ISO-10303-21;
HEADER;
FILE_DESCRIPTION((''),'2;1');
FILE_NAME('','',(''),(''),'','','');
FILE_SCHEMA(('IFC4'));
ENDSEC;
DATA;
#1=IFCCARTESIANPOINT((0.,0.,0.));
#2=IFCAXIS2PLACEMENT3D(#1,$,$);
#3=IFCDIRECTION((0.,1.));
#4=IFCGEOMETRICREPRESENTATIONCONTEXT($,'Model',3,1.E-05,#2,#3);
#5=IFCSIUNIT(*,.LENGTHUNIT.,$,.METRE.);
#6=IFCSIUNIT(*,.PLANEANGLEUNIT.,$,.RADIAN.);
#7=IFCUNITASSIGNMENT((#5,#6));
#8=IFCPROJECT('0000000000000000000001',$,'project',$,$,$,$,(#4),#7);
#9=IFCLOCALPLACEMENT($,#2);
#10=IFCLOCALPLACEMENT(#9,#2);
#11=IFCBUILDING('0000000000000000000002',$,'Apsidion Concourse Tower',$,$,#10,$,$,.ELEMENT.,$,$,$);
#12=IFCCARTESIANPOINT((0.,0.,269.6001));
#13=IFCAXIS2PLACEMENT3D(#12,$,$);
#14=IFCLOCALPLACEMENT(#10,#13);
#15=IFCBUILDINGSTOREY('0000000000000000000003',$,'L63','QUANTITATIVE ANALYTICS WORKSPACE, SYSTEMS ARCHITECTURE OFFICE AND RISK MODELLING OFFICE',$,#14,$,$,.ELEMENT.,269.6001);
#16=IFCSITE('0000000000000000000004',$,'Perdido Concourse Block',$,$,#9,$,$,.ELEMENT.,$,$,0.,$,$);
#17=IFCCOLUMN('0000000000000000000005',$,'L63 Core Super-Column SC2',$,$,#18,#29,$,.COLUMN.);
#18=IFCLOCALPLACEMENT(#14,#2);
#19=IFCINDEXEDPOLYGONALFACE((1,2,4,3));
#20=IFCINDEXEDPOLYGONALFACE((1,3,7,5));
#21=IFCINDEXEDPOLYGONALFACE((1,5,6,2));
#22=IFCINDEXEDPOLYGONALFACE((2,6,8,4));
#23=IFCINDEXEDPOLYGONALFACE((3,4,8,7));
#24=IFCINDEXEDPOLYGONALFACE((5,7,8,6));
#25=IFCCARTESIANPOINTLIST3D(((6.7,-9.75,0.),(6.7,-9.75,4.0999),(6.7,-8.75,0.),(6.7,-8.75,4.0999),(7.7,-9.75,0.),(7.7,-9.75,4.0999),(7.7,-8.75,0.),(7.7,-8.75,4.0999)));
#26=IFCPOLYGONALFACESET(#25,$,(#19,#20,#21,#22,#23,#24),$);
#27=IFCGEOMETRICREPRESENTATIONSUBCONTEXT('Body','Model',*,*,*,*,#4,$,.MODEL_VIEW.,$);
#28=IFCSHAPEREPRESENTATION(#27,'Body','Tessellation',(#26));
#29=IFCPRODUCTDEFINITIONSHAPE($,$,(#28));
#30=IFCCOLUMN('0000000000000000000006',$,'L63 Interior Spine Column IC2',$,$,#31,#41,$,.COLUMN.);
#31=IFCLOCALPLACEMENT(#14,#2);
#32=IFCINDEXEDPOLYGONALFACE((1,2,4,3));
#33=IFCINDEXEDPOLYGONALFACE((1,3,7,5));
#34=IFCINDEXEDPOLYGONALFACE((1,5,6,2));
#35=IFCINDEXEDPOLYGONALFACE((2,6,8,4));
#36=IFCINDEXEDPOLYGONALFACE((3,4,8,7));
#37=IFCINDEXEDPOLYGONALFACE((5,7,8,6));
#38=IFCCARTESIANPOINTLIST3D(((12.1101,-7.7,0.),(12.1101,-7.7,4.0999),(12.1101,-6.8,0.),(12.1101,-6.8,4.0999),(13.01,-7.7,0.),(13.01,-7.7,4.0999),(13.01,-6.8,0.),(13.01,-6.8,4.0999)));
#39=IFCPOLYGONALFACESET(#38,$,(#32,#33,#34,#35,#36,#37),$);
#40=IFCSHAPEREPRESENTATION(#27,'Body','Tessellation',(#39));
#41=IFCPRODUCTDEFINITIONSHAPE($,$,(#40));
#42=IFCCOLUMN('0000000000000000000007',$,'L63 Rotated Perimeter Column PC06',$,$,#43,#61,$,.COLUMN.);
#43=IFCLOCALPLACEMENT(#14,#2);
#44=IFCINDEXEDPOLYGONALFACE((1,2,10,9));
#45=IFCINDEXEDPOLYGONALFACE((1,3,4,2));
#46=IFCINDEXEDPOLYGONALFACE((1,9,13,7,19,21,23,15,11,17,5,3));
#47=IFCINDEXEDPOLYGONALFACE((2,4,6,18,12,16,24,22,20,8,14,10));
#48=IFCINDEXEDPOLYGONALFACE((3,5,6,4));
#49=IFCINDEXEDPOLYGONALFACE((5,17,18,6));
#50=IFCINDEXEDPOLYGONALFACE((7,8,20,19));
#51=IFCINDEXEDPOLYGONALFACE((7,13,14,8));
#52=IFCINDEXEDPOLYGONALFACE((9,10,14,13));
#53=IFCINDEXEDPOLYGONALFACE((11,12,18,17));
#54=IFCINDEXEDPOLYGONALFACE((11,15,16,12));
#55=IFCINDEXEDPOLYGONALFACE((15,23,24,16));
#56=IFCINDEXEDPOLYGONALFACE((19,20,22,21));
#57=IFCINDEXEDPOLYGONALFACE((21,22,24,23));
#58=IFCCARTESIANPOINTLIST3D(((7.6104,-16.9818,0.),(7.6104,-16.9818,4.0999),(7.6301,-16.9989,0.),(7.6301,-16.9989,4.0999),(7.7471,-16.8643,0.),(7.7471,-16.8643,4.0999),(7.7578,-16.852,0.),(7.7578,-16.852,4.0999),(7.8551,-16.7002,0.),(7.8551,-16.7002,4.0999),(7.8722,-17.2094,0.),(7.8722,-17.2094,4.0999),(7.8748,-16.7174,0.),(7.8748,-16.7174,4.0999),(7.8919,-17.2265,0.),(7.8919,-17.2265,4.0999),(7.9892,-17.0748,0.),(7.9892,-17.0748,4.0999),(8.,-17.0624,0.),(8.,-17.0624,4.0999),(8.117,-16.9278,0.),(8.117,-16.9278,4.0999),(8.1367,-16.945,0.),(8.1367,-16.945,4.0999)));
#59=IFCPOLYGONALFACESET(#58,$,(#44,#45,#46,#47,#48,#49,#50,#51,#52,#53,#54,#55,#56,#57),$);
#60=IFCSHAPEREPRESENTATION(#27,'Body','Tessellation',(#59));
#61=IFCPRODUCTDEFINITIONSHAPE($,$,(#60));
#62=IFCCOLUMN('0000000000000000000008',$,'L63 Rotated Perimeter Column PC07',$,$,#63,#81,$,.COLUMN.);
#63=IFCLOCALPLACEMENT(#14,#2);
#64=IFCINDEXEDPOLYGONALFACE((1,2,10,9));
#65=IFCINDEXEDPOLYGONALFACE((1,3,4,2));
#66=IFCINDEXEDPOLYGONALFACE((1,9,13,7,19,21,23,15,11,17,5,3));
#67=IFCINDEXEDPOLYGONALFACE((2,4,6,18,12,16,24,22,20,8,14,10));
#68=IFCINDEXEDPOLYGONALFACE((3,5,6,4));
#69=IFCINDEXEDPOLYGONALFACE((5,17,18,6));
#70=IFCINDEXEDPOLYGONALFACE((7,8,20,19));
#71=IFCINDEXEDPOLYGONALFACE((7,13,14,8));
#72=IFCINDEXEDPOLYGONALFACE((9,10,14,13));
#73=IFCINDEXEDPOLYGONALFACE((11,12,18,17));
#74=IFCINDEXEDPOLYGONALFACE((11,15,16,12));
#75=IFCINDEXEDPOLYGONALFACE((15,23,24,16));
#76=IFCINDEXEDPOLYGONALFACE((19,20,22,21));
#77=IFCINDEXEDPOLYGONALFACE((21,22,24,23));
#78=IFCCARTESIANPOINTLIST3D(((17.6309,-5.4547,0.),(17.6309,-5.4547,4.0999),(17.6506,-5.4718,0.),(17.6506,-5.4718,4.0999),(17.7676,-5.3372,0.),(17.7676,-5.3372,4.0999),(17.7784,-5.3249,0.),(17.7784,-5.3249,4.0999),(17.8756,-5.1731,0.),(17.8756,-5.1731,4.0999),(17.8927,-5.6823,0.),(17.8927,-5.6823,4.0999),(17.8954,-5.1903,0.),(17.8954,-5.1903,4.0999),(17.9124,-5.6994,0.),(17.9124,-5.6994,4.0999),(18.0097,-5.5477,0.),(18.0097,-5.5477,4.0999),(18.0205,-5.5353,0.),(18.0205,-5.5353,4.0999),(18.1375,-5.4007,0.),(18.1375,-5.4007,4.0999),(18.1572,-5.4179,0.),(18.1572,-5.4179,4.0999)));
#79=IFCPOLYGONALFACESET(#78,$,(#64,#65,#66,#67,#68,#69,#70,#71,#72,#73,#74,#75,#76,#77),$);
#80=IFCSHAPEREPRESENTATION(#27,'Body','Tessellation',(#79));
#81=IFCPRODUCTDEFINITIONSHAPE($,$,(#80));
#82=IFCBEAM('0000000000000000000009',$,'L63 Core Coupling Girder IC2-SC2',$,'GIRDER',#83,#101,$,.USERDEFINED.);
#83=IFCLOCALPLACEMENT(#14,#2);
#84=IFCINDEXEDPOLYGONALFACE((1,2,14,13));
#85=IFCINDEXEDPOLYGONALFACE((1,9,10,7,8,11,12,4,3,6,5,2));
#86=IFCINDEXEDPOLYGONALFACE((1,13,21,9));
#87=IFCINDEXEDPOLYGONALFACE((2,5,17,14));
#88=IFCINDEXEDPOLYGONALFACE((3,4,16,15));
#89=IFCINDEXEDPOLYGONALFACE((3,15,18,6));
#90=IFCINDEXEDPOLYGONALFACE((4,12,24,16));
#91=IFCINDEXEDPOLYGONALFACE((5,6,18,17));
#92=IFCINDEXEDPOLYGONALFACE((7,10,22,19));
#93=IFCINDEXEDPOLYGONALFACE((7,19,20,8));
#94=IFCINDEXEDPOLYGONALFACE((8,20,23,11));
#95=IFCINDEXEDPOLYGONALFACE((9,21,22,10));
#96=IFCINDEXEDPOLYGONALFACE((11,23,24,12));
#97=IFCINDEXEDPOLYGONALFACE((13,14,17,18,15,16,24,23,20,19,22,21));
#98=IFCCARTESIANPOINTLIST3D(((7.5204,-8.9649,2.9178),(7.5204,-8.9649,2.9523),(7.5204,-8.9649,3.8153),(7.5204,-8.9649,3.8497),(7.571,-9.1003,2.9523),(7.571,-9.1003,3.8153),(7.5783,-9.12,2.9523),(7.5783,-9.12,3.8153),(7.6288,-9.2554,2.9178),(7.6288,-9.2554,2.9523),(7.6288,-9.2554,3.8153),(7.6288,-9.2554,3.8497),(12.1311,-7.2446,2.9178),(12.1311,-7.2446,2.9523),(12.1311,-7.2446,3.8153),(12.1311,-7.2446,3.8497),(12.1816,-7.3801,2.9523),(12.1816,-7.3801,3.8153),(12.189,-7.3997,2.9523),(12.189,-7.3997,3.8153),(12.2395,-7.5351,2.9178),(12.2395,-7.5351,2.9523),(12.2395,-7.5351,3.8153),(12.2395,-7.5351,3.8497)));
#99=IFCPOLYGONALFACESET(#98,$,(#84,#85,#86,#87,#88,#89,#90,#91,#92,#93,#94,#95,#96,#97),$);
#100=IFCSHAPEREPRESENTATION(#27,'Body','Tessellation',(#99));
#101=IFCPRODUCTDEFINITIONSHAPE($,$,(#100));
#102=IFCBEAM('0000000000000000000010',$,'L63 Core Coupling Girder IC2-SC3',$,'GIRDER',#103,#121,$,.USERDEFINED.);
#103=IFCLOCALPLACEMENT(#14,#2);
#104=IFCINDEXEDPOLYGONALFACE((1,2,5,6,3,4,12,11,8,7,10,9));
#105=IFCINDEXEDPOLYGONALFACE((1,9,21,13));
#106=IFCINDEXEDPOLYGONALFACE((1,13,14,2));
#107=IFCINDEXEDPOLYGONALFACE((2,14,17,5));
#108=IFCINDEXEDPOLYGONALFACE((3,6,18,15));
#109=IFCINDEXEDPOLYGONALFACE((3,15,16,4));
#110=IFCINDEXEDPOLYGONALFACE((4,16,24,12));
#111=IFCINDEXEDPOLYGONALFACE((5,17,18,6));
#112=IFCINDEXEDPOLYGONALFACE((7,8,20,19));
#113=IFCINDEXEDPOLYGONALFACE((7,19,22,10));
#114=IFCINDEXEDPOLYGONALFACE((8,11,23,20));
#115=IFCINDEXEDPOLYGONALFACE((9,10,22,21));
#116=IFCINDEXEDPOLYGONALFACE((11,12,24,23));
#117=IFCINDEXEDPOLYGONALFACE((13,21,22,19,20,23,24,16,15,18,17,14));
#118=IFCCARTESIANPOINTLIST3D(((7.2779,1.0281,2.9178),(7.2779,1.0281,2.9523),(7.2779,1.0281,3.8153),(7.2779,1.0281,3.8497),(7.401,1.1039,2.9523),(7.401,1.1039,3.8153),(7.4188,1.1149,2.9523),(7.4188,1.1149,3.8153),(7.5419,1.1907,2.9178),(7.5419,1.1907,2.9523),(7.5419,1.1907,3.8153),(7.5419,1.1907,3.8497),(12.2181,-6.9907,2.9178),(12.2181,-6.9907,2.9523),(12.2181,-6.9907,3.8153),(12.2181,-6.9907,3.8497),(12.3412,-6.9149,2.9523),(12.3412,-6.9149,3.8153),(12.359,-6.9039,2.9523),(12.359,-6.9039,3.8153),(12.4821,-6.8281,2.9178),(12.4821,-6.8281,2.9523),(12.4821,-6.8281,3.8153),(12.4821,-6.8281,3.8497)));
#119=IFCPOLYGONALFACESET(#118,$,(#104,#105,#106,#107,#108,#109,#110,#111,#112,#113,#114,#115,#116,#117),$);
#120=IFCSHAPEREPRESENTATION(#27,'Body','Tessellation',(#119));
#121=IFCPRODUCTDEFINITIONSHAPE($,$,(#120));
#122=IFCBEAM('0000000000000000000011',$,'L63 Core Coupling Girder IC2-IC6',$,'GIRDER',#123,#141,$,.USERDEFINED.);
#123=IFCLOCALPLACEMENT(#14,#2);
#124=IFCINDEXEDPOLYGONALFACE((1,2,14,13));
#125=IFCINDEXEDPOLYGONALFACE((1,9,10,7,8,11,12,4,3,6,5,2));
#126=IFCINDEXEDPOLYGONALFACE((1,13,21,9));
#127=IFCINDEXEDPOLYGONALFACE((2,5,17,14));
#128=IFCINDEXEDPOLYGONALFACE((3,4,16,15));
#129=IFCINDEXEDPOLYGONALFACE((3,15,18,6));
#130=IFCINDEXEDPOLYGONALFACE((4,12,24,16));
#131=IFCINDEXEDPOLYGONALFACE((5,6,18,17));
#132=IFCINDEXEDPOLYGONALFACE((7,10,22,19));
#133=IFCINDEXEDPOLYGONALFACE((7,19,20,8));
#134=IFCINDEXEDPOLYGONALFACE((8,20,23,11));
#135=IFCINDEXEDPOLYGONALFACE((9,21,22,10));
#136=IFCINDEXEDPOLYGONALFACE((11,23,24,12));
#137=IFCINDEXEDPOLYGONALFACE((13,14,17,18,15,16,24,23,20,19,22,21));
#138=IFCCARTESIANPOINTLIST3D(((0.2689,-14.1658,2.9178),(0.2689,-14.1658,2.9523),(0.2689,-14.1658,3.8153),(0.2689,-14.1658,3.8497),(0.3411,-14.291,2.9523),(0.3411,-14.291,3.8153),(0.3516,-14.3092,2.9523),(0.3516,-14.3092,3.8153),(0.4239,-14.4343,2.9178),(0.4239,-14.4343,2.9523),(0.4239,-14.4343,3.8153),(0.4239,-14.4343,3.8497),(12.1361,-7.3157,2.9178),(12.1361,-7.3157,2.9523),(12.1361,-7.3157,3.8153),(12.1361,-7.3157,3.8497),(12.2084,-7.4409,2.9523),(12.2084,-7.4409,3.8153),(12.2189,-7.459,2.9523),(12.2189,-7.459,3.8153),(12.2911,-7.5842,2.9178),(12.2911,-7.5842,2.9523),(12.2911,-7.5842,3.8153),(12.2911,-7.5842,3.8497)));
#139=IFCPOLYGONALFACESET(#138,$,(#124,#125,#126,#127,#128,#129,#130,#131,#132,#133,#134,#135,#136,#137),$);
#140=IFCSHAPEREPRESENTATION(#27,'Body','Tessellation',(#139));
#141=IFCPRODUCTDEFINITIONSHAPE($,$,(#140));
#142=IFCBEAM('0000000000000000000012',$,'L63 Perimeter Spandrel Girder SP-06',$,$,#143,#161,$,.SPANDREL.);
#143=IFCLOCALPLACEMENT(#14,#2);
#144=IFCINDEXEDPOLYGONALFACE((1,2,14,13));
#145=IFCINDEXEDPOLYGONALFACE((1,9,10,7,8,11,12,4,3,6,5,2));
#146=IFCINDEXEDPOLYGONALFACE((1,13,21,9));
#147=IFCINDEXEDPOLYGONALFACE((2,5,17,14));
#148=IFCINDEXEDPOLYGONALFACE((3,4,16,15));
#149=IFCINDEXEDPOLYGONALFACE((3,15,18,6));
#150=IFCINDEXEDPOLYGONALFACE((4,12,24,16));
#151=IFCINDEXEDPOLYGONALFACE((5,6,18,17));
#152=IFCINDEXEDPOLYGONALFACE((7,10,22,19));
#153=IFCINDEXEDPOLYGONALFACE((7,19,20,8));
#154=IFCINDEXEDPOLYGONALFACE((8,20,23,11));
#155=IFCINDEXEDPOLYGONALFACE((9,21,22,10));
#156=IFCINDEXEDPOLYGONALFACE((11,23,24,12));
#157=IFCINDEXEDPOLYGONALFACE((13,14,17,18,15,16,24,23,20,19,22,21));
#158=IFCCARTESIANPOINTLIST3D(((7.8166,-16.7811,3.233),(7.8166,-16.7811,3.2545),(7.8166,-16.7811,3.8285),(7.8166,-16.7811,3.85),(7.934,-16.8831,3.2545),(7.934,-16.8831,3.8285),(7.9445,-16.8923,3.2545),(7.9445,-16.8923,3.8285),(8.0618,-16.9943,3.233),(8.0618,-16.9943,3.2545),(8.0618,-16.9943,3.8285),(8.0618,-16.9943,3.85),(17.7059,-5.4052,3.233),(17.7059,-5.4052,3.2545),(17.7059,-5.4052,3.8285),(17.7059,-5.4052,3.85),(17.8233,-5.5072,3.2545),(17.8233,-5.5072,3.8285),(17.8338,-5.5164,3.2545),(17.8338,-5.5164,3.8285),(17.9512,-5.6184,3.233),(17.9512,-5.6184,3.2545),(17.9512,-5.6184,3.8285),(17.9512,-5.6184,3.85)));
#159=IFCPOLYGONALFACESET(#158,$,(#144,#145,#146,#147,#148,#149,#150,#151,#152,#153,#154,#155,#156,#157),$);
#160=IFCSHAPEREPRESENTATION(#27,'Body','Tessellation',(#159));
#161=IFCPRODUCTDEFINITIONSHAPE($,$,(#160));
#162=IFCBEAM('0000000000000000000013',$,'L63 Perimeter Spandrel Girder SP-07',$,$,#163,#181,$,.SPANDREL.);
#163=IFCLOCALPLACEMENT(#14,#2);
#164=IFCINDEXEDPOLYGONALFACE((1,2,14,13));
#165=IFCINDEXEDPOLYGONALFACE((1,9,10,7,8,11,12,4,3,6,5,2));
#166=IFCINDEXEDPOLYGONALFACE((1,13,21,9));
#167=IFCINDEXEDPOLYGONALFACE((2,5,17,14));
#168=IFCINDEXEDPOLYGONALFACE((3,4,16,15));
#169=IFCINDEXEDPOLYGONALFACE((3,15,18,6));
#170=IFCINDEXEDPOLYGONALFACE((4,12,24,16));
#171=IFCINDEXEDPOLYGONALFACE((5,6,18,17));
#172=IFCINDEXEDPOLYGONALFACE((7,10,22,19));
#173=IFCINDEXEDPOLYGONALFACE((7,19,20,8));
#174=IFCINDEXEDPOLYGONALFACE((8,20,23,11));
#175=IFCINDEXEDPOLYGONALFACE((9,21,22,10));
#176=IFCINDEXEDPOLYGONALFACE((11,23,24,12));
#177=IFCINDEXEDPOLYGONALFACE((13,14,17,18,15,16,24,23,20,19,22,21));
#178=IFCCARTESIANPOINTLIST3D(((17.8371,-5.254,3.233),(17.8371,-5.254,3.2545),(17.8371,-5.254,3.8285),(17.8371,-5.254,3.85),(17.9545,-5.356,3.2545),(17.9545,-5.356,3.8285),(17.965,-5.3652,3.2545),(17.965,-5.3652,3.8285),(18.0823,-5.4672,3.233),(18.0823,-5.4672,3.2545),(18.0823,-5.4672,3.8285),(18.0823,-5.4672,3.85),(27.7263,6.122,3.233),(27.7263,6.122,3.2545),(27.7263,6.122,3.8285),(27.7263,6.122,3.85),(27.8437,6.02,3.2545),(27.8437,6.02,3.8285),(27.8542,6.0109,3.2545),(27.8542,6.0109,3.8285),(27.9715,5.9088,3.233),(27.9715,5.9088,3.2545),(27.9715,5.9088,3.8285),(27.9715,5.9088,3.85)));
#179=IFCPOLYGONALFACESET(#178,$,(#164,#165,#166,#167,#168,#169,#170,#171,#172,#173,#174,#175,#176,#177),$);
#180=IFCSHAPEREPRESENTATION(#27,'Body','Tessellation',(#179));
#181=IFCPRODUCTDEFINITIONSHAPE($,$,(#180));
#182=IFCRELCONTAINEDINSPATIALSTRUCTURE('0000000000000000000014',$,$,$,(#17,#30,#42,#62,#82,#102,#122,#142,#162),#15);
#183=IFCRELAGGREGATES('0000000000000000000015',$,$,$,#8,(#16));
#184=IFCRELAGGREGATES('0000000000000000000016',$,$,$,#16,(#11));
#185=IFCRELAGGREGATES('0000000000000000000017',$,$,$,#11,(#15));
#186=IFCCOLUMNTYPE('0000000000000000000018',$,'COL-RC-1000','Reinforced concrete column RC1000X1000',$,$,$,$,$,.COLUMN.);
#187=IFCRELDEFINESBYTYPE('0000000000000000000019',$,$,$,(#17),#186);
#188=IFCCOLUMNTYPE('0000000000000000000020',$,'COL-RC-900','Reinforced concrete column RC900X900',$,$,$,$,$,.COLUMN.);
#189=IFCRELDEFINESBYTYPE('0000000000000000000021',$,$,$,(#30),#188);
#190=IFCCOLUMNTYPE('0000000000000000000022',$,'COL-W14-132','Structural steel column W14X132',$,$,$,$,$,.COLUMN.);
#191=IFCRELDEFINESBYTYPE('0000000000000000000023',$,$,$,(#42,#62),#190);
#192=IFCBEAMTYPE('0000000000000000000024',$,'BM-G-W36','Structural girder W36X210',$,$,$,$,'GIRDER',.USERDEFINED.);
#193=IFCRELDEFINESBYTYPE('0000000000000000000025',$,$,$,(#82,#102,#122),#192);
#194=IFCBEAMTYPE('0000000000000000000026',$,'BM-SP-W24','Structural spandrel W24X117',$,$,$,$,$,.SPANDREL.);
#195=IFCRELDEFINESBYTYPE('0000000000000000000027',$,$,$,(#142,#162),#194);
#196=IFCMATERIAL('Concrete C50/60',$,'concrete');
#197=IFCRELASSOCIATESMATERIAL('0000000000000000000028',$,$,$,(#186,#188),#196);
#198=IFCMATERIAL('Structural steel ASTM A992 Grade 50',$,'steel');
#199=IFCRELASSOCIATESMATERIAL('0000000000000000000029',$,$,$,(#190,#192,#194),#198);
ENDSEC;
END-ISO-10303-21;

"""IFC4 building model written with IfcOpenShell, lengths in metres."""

from ifc_helpers import new_model, si_unit, direction, frame, origin, origin_2d, place, context, subcontext, project, spatial, rectangle, i_section, extrude, material, material_profile, profile_set, type_object, element, save


model = new_model("IFC4")

# Units and contexts
model_context = context("Model", 3, precision=1e-05, world=origin(), true_north=direction((0.0, 1.0)))
body_context = subcontext(model_context, "Body", "Model", "MODEL_VIEW")
ifc_project = project(units=[si_unit("LENGTHUNIT", "METRE"), si_unit("PLANEANGLEUNIT", "RADIAN")], contexts=[model_context])

# Site, building, storey
site_placement = place(None, origin())
site = spatial("IfcSite", under=ifc_project, at=site_placement, Name="Perdido Concourse Block", CompositionType="ELEMENT", RefElevation=0.0)
building_placement = place(site_placement, origin())
building = spatial("IfcBuilding", under=site, at=building_placement, Name="Apsidion Concourse Tower", CompositionType="ELEMENT")
storey_placement = place(building_placement, frame((0.0, 0.0, 269.6001)))
storey = spatial("IfcBuildingStorey", under=building, at=storey_placement, Name="L63", Description="QUANTITATIVE ANALYTICS WORKSPACE, SYSTEMS ARCHITECTURE OFFICE AND RISK MODELLING OFFICE", CompositionType="ELEMENT", Elevation=269.6001)

# Columns
ifc_material_1 = material(Name="Concrete C50/60", Category="concrete")
ifc_material_profile_1 = material_profile(ifc_material_1, rectangle(XDim=1.0, YDim=1.0, at=origin_2d()), Name="RC 1000x1000")
ifc_profile_set_1 = profile_set([ifc_material_profile_1], Name="Concrete C50/60")
column_type_1 = type_object("IfcColumnType", Name="COL-RC-1000", Description="Reinforced concrete column RC1000X1000", PredefinedType="COLUMN", material=ifc_profile_set_1)
column_1_placement = place(storey_placement, frame((7.2, -9.25, 0.0), z_axis=(0.0, 0.0, 1.0), x_axis=(1.0, 0.0, 0.0)))
element("IfcColumn", 1, at=column_1_placement, inside=storey, type_object=column_type_1, Name="L63 Core Super-Column SC2", PredefinedType="COLUMN", context=body_context, shape_type="SweptSolid", body=[
    extrude(rectangle(XDim=1.0, YDim=1.0, at=origin_2d()), origin(), (0.0, 0.0, 1.0), 4.0999),
])
ifc_material_profile_2 = material_profile(ifc_material_1, rectangle(XDim=0.8999, YDim=0.8999, at=origin_2d()), Name="RC 900x900")
ifc_profile_set_2 = profile_set([ifc_material_profile_2], Name="Concrete C50/60")
column_type_2 = type_object("IfcColumnType", Name="COL-RC-900", Description="Reinforced concrete column RC900X900", PredefinedType="COLUMN", material=ifc_profile_set_2)
column_2_placement = place(storey_placement, frame((12.5601, -7.25, 0.0), z_axis=(0.0, 0.0, 1.0), x_axis=(1.0, 0.0, 0.0)))
element("IfcColumn", 2, at=column_2_placement, inside=storey, type_object=column_type_2, Name="L63 Interior Spine Column IC2", PredefinedType="COLUMN", context=body_context, shape_type="SweptSolid", body=[
    extrude(rectangle(XDim=0.8999, YDim=0.8999, at=origin_2d()), origin(), (0.0, 0.0, 1.0), 4.0999),
])
ifc_material_2 = material(Name="Structural steel ASTM A992 Grade 50", Category="steel")
ifc_material_profile_3 = material_profile(ifc_material_2, i_section(OverallWidth=0.373, OverallDepth=0.373, WebThickness=0.0164, FlangeThickness=0.0261, at=origin_2d()), Name="W14X132")
ifc_profile_set_3 = profile_set([ifc_material_profile_3], Name="Structural steel ASTM A992 Grade 50")
column_type_3 = type_object("IfcColumnType", Name="COL-W14-132", Description="Structural steel column W14X132", PredefinedType="COLUMN", material=ifc_profile_set_3)
for number, where, z_axis, x_axis, name in (
    (3, (7.8735, -16.9634, 0.0), (0.0, 0.0, 1.0), (0.656059, 0.75471, 0.0), "L63 Rotated Perimeter Column PC06"),
    (4, (17.894, -5.4363, 0.0), (0.0, 0.0, 1.0), (0.656059, 0.75471, 0.0), "L63 Rotated Perimeter Column PC07"),
):
    element("IfcColumn", number, at=place(storey_placement, frame(where, z_axis=z_axis, x_axis=x_axis)), inside=storey, type_object=column_type_3, Name=name, PredefinedType="COLUMN", context=body_context, shape_type="SweptSolid", body=[
        extrude(i_section(OverallWidth=0.373, OverallDepth=0.373, WebThickness=0.0164, FlangeThickness=0.0261, at=origin_2d()), origin(), (0.0, 0.0, 1.0), 4.0999),
    ])

# Beams
ifc_material_profile_4 = material_profile(ifc_material_2, i_section(OverallWidth=0.3101, OverallDepth=0.9319, WebThickness=0.021, FlangeThickness=0.0344, at=origin_2d()), Name="W36X210")
ifc_profile_set_4 = profile_set([ifc_material_profile_4], Name="Structural steel ASTM A992 Grade 50")
beam_type_1 = type_object("IfcBeamType", Name="BM-G-W36", Description="Structural girder W36X210", ElementType="GIRDER", PredefinedType="USERDEFINED", material=ifc_profile_set_4)
beam_1_placement = place(storey_placement, frame((12.1853, -7.3899, 3.3838), z_axis=(-0.936913, -0.349563, 0.0), x_axis=(0.349563, -0.936913, 0.0)))
element("IfcBeam", 5, at=beam_1_placement, inside=storey, type_object=beam_type_1, Name="L63 Core Coupling Girder IC2-SC2", ObjectType="GIRDER", PredefinedType="USERDEFINED", context=body_context, shape_type="SweptSolid", body=[
    extrude(i_section(OverallWidth=0.3101, OverallDepth=0.9319, WebThickness=0.021, FlangeThickness=0.0344, at=origin_2d()), origin(), (0.0, 0.0, 1.0), 4.9211),
])
beam_2_placement = place(storey_placement, frame((12.3501, -6.9094, 3.3838), z_axis=(-0.524524, 0.851396, 0.0), x_axis=(-0.851396, -0.524524, 0.0)))
element("IfcBeam", 6, at=beam_2_placement, inside=storey, type_object=beam_type_1, Name="L63 Core Coupling Girder IC2-SC3", ObjectType="GIRDER", PredefinedType="USERDEFINED", context=body_context, shape_type="SweptSolid", body=[
    extrude(i_section(OverallWidth=0.3101, OverallDepth=0.9319, WebThickness=0.021, FlangeThickness=0.0344, at=origin_2d()), origin(), (0.0, 0.0, 1.0), 9.4185),
])
beam_3_placement = place(storey_placement, frame((12.2136, -7.45, 3.3838), z_axis=(-0.86607, -0.499922, 0.0), x_axis=(0.499922, -0.86607, 0.0)))
element("IfcBeam", 7, at=beam_3_placement, inside=storey, type_object=beam_type_1, Name="L63 Core Coupling Girder IC2-IC6", ObjectType="GIRDER", PredefinedType="USERDEFINED", context=body_context, shape_type="SweptSolid", body=[
    extrude(i_section(OverallWidth=0.3101, OverallDepth=0.9319, WebThickness=0.021, FlangeThickness=0.0344, at=origin_2d()), origin(), (0.0, 0.0, 1.0), 13.7024),
])
ifc_material_profile_5 = material_profile(ifc_material_2, i_section(OverallWidth=0.325, OverallDepth=0.6169, WebThickness=0.0139, FlangeThickness=0.0215, at=origin_2d()), Name="W24X117")
ifc_profile_set_5 = profile_set([ifc_material_profile_5], Name="Structural steel ASTM A992 Grade 50")
beam_type_2 = type_object("IfcBeamType", Name="BM-SP-W24", Description="Structural spandrel W24X117", PredefinedType="SPANDREL", material=ifc_profile_set_5)
for number, where, z_axis, x_axis, name in (
    (8, (7.9392, -16.8877, 3.5415), (0.656075, 0.754696, 0.0), (-0.754696, 0.656075, 0.0), "L63 Perimeter Spandrel Girder SP-06"),
    (9, (17.9597, -5.3606, 3.5415), (0.656066, 0.754704, 0.0), (-0.754704, 0.656066, 0.0), "L63 Perimeter Spandrel Girder SP-07"),
):
    element("IfcBeam", number, at=place(storey_placement, frame(where, z_axis=z_axis, x_axis=x_axis)), inside=storey, type_object=beam_type_2, Name=name, PredefinedType="SPANDREL", context=body_context, shape_type="SweptSolid", body=[
        extrude(i_section(OverallWidth=0.325, OverallDepth=0.6169, WebThickness=0.0139, FlangeThickness=0.0215, at=origin_2d()), origin(), (0.0, 0.0, 1.0), 15.0735),
    ])

save(model, "model.ifc")
